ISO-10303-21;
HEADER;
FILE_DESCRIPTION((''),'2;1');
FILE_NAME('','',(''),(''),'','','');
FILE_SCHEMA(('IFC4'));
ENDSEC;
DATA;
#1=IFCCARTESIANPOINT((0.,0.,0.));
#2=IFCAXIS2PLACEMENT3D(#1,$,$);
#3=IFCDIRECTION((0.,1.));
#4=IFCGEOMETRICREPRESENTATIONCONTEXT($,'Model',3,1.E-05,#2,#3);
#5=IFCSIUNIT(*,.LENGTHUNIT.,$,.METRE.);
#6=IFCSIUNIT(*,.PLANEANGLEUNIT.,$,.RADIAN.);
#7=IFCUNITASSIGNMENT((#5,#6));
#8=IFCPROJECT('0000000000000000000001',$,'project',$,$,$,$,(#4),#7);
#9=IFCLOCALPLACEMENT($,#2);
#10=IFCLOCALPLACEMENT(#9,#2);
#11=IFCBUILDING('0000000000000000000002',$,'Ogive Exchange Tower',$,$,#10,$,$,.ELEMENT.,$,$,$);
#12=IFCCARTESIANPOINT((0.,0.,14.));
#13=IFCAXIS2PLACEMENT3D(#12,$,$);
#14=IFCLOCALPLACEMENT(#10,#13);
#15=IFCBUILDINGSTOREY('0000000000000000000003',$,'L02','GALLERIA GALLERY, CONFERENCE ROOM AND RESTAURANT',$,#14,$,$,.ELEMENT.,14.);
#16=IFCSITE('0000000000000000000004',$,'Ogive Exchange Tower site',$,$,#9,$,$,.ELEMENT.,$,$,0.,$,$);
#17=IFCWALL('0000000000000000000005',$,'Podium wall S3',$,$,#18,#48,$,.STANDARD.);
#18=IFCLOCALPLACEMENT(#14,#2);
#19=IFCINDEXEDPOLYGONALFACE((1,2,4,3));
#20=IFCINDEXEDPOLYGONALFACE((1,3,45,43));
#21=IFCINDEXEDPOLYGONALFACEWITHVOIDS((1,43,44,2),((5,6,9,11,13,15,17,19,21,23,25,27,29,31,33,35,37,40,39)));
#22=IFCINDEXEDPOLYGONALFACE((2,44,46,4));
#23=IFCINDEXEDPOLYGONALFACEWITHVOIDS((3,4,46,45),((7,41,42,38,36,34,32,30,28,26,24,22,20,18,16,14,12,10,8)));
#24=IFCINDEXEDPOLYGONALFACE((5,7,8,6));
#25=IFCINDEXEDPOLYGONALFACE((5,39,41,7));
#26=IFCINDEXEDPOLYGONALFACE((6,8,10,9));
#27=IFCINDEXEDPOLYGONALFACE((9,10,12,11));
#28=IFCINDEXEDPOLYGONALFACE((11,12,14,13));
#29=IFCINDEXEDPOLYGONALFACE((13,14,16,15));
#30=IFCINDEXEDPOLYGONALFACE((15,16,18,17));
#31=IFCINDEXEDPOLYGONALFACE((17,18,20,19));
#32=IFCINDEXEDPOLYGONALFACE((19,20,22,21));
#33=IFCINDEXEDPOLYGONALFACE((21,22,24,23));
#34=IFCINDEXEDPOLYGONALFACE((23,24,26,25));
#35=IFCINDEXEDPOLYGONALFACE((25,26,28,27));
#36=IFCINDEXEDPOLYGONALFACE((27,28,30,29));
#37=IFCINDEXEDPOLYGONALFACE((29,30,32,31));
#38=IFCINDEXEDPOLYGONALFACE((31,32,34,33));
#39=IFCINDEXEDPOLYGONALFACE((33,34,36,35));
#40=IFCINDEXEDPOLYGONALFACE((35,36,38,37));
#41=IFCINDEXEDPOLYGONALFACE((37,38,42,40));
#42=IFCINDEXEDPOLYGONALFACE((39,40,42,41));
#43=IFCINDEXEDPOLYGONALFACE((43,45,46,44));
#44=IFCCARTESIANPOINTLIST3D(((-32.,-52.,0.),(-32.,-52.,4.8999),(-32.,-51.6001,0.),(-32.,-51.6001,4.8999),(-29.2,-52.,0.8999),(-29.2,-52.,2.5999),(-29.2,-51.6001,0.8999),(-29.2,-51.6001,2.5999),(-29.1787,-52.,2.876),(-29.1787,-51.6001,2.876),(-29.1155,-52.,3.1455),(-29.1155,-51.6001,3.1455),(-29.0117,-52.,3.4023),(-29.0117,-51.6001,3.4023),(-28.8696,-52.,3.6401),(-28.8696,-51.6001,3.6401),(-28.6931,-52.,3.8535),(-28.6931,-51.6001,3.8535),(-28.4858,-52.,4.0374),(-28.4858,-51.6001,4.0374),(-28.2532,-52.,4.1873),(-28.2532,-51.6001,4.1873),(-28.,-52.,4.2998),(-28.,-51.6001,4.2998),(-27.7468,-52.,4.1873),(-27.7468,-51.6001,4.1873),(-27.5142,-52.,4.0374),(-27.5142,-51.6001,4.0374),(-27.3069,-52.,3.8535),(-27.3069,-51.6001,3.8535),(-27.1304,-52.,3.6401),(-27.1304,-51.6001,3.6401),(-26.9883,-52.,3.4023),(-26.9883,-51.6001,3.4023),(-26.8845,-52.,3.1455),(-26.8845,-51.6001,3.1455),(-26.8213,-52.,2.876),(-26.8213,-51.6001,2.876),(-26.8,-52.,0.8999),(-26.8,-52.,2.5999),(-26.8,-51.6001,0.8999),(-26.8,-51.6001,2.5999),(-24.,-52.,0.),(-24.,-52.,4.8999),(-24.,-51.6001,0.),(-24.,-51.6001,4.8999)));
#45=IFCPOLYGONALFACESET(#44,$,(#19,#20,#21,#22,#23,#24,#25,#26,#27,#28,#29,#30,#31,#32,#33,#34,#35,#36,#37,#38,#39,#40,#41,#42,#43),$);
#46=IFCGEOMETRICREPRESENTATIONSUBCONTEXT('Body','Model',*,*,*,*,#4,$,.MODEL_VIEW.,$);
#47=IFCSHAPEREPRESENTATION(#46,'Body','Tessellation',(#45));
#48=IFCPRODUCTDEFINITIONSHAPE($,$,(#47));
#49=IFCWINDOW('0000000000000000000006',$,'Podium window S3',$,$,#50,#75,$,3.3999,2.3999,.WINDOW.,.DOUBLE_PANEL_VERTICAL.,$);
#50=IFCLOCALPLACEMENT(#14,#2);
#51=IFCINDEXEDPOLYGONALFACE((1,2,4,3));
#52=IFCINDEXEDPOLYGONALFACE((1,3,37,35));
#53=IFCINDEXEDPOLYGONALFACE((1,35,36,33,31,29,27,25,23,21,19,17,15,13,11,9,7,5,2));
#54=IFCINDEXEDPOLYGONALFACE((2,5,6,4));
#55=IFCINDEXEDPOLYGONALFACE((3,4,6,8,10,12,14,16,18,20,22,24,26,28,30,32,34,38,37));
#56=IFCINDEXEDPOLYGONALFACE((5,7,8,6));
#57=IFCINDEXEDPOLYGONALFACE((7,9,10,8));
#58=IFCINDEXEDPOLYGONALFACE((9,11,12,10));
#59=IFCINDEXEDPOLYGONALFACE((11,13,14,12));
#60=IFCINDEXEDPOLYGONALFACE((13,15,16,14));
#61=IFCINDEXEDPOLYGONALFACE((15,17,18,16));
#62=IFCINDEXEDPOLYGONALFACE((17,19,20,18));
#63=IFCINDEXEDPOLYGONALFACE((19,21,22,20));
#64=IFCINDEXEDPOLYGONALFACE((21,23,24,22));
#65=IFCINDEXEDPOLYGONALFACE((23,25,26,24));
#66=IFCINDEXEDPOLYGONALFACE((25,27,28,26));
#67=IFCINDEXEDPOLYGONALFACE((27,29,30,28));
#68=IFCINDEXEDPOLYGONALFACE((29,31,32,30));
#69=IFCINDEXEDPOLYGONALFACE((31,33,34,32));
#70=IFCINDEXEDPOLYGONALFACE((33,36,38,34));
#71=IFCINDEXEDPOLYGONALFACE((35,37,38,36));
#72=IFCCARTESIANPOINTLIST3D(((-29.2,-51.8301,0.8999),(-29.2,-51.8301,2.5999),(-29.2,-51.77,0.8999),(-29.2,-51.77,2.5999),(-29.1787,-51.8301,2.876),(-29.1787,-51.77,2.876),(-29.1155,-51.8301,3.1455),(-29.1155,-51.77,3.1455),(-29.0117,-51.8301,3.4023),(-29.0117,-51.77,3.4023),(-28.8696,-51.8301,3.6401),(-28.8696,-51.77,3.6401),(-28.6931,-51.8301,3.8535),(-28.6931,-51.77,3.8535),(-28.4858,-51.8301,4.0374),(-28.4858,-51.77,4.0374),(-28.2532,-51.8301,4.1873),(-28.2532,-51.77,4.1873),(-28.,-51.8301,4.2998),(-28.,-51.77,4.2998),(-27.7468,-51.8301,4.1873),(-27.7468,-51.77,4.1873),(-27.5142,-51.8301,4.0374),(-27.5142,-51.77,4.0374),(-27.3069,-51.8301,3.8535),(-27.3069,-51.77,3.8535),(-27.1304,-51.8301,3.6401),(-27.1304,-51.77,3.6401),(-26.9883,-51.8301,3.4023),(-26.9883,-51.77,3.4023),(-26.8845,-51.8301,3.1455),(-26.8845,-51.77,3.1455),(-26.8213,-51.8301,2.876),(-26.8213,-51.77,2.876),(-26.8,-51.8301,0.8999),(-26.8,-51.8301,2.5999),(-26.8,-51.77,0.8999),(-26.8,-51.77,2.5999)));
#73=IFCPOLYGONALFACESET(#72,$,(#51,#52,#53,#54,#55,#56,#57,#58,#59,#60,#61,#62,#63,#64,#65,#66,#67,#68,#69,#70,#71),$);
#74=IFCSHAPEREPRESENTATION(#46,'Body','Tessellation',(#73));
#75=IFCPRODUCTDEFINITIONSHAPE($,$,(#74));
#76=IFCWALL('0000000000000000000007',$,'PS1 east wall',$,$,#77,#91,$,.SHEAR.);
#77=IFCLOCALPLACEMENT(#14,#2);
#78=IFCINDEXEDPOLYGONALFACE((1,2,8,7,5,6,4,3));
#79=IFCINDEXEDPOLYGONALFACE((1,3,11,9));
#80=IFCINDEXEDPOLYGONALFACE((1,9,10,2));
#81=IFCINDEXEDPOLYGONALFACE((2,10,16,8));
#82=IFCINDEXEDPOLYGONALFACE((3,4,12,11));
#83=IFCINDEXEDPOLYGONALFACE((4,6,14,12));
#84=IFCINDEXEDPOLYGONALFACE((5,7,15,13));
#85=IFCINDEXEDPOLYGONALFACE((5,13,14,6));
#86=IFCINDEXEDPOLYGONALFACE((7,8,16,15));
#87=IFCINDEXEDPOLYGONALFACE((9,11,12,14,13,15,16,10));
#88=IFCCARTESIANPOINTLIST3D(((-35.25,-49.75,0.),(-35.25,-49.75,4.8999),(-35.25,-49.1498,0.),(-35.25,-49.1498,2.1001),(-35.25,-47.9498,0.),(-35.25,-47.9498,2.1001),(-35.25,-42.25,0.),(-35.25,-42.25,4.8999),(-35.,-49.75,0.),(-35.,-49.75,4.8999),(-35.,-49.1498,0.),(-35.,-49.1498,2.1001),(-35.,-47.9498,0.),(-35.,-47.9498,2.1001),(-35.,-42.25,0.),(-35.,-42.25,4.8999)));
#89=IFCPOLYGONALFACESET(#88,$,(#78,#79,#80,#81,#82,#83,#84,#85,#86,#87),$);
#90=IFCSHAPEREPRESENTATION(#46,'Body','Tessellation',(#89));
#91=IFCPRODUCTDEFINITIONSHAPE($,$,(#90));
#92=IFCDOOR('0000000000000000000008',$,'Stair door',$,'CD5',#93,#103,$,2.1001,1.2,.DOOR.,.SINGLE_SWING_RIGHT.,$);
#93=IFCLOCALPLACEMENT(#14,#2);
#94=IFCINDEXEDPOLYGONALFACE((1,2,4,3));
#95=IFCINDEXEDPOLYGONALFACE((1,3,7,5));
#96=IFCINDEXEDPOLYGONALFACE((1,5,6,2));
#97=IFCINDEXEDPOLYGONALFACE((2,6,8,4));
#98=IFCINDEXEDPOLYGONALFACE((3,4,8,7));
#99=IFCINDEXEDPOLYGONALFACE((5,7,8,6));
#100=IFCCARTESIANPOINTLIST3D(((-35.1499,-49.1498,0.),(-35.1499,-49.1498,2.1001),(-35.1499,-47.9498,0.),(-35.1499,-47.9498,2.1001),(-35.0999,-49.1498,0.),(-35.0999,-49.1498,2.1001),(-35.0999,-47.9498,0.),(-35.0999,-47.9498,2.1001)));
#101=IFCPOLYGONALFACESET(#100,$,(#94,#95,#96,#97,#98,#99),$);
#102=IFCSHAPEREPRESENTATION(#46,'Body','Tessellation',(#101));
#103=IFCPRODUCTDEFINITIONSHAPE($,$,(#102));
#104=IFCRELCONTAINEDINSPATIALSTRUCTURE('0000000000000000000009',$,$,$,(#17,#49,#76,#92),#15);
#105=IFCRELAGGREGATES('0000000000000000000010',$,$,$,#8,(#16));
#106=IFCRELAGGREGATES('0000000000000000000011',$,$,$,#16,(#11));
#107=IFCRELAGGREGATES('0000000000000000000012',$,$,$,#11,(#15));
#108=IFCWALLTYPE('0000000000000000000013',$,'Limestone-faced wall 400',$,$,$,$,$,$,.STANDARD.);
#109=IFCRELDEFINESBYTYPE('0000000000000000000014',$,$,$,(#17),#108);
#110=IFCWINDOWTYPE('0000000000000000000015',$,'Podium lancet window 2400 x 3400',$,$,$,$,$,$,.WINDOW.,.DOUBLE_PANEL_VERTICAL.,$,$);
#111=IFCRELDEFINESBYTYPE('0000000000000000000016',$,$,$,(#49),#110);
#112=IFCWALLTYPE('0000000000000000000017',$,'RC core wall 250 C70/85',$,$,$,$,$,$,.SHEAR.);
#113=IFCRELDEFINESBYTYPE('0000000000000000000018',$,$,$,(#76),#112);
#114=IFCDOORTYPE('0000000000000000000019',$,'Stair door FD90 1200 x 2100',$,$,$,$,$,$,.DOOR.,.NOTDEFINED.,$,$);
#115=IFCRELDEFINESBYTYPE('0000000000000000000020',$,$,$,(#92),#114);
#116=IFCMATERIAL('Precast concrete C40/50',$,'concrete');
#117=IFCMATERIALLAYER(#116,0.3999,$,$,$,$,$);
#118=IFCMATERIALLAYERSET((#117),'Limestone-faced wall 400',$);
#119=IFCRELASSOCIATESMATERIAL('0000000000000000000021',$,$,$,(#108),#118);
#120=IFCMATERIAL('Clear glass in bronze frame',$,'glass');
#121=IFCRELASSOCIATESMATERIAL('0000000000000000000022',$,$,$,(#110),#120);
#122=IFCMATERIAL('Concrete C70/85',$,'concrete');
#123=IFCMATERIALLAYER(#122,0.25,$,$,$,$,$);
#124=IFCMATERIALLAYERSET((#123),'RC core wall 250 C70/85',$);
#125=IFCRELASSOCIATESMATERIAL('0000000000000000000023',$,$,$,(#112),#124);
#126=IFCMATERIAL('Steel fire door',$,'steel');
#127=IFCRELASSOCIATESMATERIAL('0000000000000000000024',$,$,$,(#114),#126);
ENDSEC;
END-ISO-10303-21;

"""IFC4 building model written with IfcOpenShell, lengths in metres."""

from ifc_helpers import new_model, si_unit, direction, frame, frame_2d, origin, place, context, subcontext, project, spatial, polyline, rectangle, outline, extrude, material, layer, layer_set, type_object, element, fill, save


model = new_model("IFC4")

# Units and contexts
model_context = context("Model", 3, precision=1e-05, world=origin(), true_north=direction((0.0, 1.0)))
body_context = subcontext(model_context, "Body", "Model", "MODEL_VIEW")
ifc_project = project(units=[si_unit("LENGTHUNIT", "METRE"), si_unit("PLANEANGLEUNIT", "RADIAN")], contexts=[model_context])

# Site, building, storey
site_placement = place(None, origin())
site = spatial("IfcSite", under=ifc_project, at=site_placement, Name="Ogive Exchange Tower site", CompositionType="ELEMENT", RefElevation=0.0)
building_placement = place(site_placement, origin())
building = spatial("IfcBuilding", under=site, at=building_placement, Name="Ogive Exchange Tower", CompositionType="ELEMENT")
storey_placement = place(building_placement, frame((0.0, 0.0, 14.0)))
storey = spatial("IfcBuildingStorey", under=building, at=storey_placement, Name="L02", Description="GALLERIA GALLERY, CONFERENCE ROOM AND RESTAURANT", CompositionType="ELEMENT", Elevation=14.0)

# Shared definitions
ifc_material_1 = material(Name="Concrete C70/85", Category="concrete")

# Wall, opening, window
ifc_material_2 = material(Name="Precast concrete C40/50", Category="concrete")
ifc_layer_1 = layer(ifc_material_2, 0.3999)
ifc_layer_set_1 = layer_set([ifc_layer_1], Name="Limestone-faced wall 400")
wall_type_1 = type_object("IfcWallType", Name="Limestone-faced wall 400", PredefinedType="STANDARD", material=ifc_layer_set_1)
wall_1_placement = place(storey_placement, frame((-32.0, -51.8, 0.0), z_axis=(0.0, 0.0, 1.0), x_axis=(1.0, 0.0, 0.0)))
wall_1 = element("IfcWall", 1, at=wall_1_placement, inside=storey, type_object=wall_type_1, Name="Podium wall S3", PredefinedType="STANDARD", context=body_context, shape_type="SweptSolid", body=[
    extrude(rectangle(XDim=8.0, YDim=0.3999, at=frame_2d((4.0, 0.0))), origin(), (0.0, 0.0, 1.0), 4.8999),
])
opening_1_placement = place(wall_1_placement, frame((2.8, 0.0, 0.8999)))
opening_1 = element("IfcOpeningElement", 2, at=opening_1_placement, cuts=wall_1, PredefinedType="OPENING", context=body_context, shape_type="SweptSolid", body=[
    extrude(outline(polyline([(0.0, 0.0), (2.3999, 0.0), (2.3999, 1.7), (2.3787, 1.9761), (2.3154, 2.2456), (2.2117, 2.5024), (2.0696, 2.7402), (1.8931, 2.9536), (1.6858, 3.1375), (1.4531, 3.2874), (1.2, 3.3999), (0.9468, 3.2874), (0.7141, 3.1375), (0.5068, 2.9536), (0.3303, 2.7402), (0.1882, 2.5024), (0.0845, 2.2456), (0.0212, 1.9761), (0.0, 1.7), (0.0, 0.0)])), frame((0.0, 0.21, 0.0), z_axis=(0.0, -1.0, 0.0), x_axis=(1.0, 0.0, 0.0)), (0.0, 0.0, 1.0), 0.4199),
])
ifc_material_3 = material(Name="Clear glass in bronze frame", Category="glass")
window_type = type_object("IfcWindowType", Name="Podium lancet window 2400 x 3400", PartitioningType="DOUBLE_PANEL_VERTICAL", PredefinedType="WINDOW", material=ifc_material_3)
window_placement = place(opening_1_placement, origin())
window = element("IfcWindow", 3, at=window_placement, inside=storey, type_object=window_type, Name="Podium window S3", OverallHeight=3.3999, OverallWidth=2.3999, PartitioningType="DOUBLE_PANEL_VERTICAL", PredefinedType="WINDOW", context=body_context, shape_type="SweptSolid", body=[
    extrude(outline(polyline([(0.0, 0.0), (2.3999, 0.0), (2.3999, 1.7), (2.3787, 1.9761), (2.3154, 2.2456), (2.2117, 2.5024), (2.0696, 2.7402), (1.8931, 2.9536), (1.6858, 3.1375), (1.4531, 3.2874), (1.2, 3.3999), (0.9468, 3.2874), (0.7141, 3.1375), (0.5068, 2.9536), (0.3303, 2.7402), (0.1882, 2.5024), (0.0845, 2.2456), (0.0212, 1.9761), (0.0, 1.7), (0.0, 0.0)])), frame((0.0, 0.03, 0.0), z_axis=(0.0, -1.0, 0.0), x_axis=(1.0, 0.0, 0.0)), (0.0, 0.0, 1.0), 0.0601),
])
fill(opening_1, window)

# Wall, opening, door
ifc_layer_2 = layer(ifc_material_1, 0.25)
ifc_layer_set_2 = layer_set([ifc_layer_2], Name="RC core wall 250 C70/85")
wall_type_2 = type_object("IfcWallType", Name="RC core wall 250 C70/85", PredefinedType="SHEAR", material=ifc_layer_set_2)
wall_2_placement = place(storey_placement, frame((-35.125, -49.75, 0.0), z_axis=(0.0, 0.0, 1.0), x_axis=(0.0, 1.0, 0.0)))
wall_2 = element("IfcWall", 4, at=wall_2_placement, inside=storey, type_object=wall_type_2, Name="PS1 east wall", PredefinedType="SHEAR", context=body_context, shape_type="SweptSolid", body=[
    extrude(rectangle(XDim=7.5, YDim=0.25, at=frame_2d((3.75, 0.0))), origin(), (0.0, 0.0, 1.0), 4.8999),
])
opening_2_placement = place(wall_2_placement, frame((0.6001, 0.0, 0.0)))
opening_2 = element("IfcOpeningElement", 5, at=opening_2_placement, cuts=wall_2, PredefinedType="OPENING", context=body_context, shape_type="SweptSolid", body=[
    extrude(rectangle(XDim=1.2, YDim=2.1001, at=frame_2d((0.6001, 1.05))), frame((0.0, 0.135, 0.0), z_axis=(0.0, -1.0, 0.0), x_axis=(1.0, 0.0, 0.0)), (0.0, 0.0, 1.0), 0.27),
])
ifc_material_4 = material(Name="Steel fire door", Category="steel")
door_type_1 = type_object("IfcDoorType", Name="Stair door FD90 1200 x 2100", OperationType="NOTDEFINED", PredefinedType="DOOR", material=ifc_material_4)
door_1_placement = place(opening_2_placement, origin())
door_1 = element("IfcDoor", 6, at=door_1_placement, inside=storey, type_object=door_type_1, Name="Stair door", ObjectType="CD5", OperationType="SINGLE_SWING_RIGHT", OverallHeight=2.1001, OverallWidth=1.2, PredefinedType="DOOR", context=body_context, shape_type="SweptSolid", body=[
    extrude(rectangle(XDim=1.2, YDim=2.1001, at=frame_2d((0.6001, 1.05))), frame((0.0, 0.0249, 0.0), z_axis=(0.0, -1.0, 0.0), x_axis=(1.0, 0.0, 0.0)), (0.0, 0.0, 1.0), 0.05),
])
fill(opening_2, door_1)

save(model, "model.ifc")
